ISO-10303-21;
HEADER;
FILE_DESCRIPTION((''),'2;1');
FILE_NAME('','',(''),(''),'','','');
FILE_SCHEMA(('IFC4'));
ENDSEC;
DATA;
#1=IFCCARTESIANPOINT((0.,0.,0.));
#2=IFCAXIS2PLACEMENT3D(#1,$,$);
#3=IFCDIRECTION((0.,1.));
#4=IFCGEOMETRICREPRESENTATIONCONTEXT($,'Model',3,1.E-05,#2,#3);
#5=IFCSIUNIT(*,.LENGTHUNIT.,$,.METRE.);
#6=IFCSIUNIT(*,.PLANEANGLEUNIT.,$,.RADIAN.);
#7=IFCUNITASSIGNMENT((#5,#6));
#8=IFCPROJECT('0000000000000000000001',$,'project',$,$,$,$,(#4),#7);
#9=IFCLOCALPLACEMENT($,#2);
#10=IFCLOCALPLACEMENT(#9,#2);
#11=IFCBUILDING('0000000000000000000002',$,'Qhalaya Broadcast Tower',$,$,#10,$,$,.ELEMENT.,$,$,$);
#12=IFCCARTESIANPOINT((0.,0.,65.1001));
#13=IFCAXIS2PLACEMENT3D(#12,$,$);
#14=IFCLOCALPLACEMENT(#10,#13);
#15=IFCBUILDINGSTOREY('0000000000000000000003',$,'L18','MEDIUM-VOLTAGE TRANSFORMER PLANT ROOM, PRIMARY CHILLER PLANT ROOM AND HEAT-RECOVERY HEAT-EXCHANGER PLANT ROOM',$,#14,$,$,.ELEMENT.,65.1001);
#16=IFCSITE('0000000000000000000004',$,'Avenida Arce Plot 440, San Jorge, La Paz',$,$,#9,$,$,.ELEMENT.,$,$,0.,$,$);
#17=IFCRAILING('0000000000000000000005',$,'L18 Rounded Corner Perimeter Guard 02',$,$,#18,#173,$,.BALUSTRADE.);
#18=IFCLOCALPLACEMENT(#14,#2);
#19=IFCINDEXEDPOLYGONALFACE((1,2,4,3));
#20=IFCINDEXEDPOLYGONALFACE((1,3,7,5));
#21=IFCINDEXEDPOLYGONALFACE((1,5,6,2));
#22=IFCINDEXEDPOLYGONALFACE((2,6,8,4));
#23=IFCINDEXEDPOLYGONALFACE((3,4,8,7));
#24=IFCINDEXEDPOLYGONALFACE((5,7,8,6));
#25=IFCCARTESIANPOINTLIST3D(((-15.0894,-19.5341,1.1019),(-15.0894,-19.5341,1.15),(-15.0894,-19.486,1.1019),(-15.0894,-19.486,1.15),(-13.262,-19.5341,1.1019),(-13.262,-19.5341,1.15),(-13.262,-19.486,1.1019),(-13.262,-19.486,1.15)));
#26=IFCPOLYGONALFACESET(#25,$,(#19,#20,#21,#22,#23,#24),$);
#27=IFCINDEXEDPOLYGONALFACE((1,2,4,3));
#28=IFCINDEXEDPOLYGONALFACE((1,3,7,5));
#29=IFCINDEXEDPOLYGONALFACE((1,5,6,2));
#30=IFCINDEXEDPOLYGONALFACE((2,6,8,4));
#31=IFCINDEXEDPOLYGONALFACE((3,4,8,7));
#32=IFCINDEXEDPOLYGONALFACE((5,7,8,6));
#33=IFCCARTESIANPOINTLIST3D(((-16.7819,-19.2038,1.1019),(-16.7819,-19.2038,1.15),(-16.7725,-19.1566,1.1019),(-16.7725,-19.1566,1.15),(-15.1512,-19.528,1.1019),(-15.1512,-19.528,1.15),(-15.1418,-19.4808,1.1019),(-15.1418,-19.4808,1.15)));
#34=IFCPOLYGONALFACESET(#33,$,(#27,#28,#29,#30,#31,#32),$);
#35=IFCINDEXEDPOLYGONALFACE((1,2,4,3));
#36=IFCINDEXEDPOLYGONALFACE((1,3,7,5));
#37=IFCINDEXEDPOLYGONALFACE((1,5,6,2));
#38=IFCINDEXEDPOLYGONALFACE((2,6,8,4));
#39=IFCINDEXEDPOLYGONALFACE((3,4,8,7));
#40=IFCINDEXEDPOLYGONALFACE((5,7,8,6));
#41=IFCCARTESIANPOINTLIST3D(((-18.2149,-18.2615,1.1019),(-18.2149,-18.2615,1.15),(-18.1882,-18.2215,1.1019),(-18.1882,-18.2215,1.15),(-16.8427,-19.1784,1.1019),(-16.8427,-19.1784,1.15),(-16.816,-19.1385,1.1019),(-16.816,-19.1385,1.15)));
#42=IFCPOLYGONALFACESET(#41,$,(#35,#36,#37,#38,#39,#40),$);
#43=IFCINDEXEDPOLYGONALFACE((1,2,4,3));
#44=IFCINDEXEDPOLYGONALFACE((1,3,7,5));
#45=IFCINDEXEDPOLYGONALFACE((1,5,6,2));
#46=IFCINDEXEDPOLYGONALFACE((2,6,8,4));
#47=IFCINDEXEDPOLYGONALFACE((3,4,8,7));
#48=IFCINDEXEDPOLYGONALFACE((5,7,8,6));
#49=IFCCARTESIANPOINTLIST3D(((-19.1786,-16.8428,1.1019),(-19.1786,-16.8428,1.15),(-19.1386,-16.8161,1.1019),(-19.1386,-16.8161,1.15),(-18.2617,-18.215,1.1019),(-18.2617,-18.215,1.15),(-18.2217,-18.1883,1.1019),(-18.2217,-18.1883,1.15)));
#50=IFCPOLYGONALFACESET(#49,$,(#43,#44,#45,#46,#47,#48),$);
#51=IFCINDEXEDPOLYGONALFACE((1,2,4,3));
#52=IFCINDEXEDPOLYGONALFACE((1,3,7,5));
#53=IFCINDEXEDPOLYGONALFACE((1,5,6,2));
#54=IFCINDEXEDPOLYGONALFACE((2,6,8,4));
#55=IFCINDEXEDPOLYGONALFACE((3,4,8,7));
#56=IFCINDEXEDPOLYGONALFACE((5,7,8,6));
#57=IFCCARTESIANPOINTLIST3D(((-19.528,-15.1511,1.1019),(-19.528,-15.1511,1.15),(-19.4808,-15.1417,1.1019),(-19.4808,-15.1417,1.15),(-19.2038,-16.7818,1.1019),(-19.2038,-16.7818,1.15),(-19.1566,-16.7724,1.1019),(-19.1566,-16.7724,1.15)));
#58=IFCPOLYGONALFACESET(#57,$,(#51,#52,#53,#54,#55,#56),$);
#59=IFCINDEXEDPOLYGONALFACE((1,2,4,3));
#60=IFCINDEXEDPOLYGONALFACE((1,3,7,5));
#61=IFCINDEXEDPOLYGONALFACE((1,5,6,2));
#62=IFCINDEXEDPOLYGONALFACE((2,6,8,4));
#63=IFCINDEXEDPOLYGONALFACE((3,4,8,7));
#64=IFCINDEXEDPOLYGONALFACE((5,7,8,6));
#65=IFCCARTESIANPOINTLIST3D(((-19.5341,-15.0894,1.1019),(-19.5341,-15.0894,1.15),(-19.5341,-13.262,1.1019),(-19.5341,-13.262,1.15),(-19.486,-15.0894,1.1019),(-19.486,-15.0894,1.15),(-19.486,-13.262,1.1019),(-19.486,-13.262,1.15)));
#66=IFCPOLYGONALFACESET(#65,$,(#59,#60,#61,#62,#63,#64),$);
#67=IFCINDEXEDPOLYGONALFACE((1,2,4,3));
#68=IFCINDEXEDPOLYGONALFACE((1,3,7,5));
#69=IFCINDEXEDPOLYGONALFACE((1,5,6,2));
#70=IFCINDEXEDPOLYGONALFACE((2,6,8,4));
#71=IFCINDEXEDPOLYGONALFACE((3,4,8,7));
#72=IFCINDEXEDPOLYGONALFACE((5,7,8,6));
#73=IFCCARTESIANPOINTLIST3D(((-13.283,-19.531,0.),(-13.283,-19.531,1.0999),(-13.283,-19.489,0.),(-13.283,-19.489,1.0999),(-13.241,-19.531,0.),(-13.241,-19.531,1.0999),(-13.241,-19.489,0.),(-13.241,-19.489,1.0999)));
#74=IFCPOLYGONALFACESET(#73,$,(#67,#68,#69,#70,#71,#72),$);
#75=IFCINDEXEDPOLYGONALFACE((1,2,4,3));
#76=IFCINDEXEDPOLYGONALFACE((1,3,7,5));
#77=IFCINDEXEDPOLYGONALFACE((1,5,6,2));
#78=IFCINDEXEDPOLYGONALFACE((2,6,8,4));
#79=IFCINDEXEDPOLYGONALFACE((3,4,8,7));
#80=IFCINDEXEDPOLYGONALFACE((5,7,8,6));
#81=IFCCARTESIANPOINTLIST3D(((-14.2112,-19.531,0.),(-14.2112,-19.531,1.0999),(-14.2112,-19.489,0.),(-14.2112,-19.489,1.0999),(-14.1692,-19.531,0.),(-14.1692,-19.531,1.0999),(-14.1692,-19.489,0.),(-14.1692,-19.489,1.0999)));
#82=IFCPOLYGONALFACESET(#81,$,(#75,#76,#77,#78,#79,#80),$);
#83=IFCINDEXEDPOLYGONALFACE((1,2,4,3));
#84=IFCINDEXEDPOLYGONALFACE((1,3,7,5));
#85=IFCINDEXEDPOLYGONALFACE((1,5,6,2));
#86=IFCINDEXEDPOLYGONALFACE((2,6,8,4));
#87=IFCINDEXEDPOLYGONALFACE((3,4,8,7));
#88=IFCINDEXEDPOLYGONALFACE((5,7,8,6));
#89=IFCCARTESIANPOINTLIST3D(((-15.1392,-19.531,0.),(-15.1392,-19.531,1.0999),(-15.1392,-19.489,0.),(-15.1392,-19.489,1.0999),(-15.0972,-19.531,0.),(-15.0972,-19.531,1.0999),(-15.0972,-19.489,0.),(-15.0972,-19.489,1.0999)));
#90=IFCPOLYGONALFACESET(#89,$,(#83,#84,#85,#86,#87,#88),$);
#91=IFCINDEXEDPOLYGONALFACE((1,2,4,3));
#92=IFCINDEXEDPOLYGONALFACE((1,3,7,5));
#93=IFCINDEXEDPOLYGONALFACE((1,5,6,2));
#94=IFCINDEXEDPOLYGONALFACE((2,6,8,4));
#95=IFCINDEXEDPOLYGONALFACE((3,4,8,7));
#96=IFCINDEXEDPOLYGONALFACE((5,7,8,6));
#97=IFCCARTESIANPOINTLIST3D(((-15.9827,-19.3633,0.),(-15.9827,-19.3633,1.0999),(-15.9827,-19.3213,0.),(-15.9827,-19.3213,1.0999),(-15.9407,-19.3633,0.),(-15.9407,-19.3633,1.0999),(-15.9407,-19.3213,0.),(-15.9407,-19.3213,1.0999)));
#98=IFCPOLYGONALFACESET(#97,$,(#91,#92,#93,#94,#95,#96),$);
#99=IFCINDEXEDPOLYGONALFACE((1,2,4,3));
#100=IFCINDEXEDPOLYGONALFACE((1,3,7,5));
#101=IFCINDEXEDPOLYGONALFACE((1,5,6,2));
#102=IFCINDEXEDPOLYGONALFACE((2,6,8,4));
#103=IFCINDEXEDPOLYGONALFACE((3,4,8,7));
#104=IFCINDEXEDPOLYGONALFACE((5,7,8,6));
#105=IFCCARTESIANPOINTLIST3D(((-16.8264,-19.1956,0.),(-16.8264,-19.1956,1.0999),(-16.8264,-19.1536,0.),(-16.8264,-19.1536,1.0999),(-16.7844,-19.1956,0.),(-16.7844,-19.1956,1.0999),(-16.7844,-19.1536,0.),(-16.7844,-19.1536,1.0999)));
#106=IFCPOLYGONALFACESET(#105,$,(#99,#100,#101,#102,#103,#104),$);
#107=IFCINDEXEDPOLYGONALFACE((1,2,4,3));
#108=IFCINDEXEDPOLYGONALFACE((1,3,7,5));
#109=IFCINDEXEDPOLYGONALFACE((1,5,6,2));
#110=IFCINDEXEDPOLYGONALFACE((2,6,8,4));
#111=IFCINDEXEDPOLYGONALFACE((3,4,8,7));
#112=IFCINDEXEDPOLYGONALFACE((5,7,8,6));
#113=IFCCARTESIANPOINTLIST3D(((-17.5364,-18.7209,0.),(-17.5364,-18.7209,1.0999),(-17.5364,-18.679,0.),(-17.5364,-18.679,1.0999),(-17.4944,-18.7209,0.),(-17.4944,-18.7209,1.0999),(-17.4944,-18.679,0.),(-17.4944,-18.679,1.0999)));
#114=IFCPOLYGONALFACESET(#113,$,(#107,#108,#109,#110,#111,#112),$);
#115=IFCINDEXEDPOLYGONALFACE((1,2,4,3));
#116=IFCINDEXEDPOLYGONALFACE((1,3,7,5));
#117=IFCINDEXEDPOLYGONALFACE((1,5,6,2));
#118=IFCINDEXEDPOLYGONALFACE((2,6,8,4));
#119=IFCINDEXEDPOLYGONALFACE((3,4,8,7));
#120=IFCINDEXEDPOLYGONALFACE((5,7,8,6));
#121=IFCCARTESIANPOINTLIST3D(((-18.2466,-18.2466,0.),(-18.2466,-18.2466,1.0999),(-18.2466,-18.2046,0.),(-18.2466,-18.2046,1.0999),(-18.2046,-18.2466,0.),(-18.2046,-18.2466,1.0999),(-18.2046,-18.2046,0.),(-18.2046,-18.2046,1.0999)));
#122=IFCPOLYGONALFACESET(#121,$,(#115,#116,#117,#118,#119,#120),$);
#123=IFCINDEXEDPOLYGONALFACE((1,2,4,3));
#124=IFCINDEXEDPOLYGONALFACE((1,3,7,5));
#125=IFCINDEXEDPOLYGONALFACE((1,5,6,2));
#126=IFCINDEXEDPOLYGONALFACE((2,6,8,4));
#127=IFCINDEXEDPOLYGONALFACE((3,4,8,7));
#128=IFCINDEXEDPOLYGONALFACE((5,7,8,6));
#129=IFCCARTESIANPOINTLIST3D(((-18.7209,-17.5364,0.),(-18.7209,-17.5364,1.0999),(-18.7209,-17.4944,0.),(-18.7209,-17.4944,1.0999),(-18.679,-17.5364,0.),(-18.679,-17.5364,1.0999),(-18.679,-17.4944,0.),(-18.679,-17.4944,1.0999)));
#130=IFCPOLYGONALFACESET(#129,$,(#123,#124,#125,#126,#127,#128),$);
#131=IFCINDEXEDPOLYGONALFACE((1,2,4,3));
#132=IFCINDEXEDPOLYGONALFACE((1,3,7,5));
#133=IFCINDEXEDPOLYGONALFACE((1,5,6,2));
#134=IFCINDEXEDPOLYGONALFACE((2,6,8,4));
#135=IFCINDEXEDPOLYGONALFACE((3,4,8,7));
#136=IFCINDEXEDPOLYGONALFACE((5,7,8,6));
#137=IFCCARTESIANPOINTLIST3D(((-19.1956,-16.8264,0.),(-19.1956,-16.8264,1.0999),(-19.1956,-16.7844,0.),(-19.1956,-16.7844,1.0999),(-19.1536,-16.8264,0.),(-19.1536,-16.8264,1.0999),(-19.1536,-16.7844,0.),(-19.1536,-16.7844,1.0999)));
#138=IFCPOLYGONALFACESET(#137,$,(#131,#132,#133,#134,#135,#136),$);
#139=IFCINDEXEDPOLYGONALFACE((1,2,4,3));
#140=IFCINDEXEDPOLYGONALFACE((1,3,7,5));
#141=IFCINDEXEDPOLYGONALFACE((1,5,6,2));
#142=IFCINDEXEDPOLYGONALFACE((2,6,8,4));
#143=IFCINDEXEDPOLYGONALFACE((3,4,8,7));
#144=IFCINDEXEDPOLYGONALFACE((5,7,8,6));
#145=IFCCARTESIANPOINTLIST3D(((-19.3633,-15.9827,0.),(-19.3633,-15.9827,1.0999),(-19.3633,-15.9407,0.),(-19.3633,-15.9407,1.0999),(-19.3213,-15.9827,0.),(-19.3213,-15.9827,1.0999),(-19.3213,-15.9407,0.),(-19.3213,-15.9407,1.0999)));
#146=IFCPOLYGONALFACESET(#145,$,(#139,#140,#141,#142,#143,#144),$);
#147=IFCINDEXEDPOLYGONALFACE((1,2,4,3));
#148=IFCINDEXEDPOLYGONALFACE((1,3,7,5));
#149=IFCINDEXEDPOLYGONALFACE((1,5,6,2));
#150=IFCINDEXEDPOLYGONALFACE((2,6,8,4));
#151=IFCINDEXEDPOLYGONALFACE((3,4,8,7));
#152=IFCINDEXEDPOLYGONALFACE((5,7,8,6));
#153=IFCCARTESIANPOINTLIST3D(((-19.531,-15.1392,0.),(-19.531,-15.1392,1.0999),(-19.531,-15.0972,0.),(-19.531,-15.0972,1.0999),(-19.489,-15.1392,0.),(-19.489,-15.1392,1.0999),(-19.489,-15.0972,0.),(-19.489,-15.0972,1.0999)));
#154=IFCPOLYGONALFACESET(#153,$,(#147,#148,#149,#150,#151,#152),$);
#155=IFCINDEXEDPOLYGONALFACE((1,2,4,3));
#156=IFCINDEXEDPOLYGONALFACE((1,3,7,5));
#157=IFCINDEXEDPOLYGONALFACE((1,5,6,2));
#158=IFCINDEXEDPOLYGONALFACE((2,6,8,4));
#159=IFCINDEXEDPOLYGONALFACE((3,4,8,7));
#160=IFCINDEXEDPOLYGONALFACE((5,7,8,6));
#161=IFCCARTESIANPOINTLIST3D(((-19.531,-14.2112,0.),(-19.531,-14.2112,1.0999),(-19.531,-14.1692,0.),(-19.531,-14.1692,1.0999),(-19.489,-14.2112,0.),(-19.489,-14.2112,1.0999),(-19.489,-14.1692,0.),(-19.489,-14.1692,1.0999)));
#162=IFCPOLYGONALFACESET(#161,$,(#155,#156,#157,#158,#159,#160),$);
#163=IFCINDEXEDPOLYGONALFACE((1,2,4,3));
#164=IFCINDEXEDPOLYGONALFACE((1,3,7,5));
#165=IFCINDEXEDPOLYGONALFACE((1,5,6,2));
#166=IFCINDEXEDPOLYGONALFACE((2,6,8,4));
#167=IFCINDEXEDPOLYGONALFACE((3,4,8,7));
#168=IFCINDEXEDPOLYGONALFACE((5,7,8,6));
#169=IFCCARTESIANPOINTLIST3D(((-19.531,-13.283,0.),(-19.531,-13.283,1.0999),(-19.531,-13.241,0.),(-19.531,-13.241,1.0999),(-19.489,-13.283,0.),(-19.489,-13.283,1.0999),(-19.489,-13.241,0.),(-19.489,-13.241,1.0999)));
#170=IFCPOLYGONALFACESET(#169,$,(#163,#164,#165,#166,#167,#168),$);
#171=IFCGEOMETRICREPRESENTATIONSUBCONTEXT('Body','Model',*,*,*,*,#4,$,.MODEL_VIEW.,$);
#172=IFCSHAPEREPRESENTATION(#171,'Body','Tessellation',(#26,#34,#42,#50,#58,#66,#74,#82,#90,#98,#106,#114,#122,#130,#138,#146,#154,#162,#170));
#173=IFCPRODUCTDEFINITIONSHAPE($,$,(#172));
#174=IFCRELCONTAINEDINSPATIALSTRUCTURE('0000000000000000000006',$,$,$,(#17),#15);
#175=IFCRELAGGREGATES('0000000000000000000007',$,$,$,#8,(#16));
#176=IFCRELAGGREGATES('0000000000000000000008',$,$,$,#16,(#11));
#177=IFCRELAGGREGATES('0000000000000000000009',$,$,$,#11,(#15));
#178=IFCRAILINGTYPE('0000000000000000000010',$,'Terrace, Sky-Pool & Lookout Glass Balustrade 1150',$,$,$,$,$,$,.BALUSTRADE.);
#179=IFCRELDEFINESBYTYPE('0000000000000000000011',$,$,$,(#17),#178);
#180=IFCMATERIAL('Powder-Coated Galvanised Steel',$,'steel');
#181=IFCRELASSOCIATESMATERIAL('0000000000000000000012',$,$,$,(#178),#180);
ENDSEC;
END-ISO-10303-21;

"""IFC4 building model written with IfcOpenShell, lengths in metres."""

from ifc_helpers import new_model, si_unit, direction, frame, origin, origin_2d, place, context, subcontext, project, spatial, rectangle, extrude, material, type_object, element, save


model = new_model("IFC4")

# Units and contexts
model_context = context("Model", 3, precision=1e-05, world=origin(), true_north=direction((0.0, 1.0)))
body_context = subcontext(model_context, "Body", "Model", "MODEL_VIEW")
ifc_project = project(units=[si_unit("LENGTHUNIT", "METRE"), si_unit("PLANEANGLEUNIT", "RADIAN")], contexts=[model_context])

# Site, building, storey
site_placement = place(None, origin())
site = spatial("IfcSite", under=ifc_project, at=site_placement, Name="Avenida Arce Plot 440, San Jorge, La Paz", CompositionType="ELEMENT", RefElevation=0.0)
building_placement = place(site_placement, origin())
building = spatial("IfcBuilding", under=site, at=building_placement, Name="Qhalaya Broadcast Tower", CompositionType="ELEMENT")
storey_placement = place(building_placement, frame((0.0, 0.0, 65.1001)))
storey = spatial("IfcBuildingStorey", under=building, at=storey_placement, Name="L18", Description="MEDIUM-VOLTAGE TRANSFORMER PLANT ROOM, PRIMARY CHILLER PLANT ROOM AND HEAT-RECOVERY HEAT-EXCHANGER PLANT ROOM", CompositionType="ELEMENT", Elevation=65.1001)

# Railing
ifc_material_1 = material(Name="Powder-Coated Galvanised Steel", Category="steel")
railing_type = type_object("IfcRailingType", Name="Terrace, Sky-Pool & Lookout Glass Balustrade 1150", PredefinedType="BALUSTRADE", material=ifc_material_1)
railing_placement = place(storey_placement, frame((-13.262, -19.51, 0.0)))
element("IfcRailing", 1, at=railing_placement, inside=storey, type_object=railing_type, Name="L18 Rounded Corner Perimeter Guard 02", PredefinedType="BALUSTRADE", context=body_context, shape_type="SweptSolid", body=[
    extrude(rectangle(XDim=0.0481, YDim=0.0481, at=origin_2d()), frame((0.0, 0.0, 1.126), z_axis=(-1.0, 0.0, 0.0), x_axis=(0.0, -1.0, 0.0)), (0.0, 0.0, 1.0), 1.8274),
    extrude(rectangle(XDim=0.0481, YDim=0.0481, at=origin_2d()), frame((-1.8845, 0.0056, 1.126), z_axis=(-0.980804, 0.194997, 0.0), x_axis=(-0.194997, -0.980804, 0.0)), (0.0, 0.0, 1.0), 1.6626),
    extrude(rectangle(XDim=0.0481, YDim=0.0481, at=origin_2d()), frame((-3.5674, 0.3516, 1.126), z_axis=(-0.831456, 0.55559, 0.0), x_axis=(-0.55559, -0.831456, 0.0)), (0.0, 0.0, 1.0), 1.6504),
    extrude(rectangle(XDim=0.0481, YDim=0.0481, at=origin_2d()), frame((-4.9797, 1.3083, 1.126), z_axis=(-0.55559, 0.831456, 0.0), x_axis=(-0.831456, -0.55559, 0.0)), (0.0, 0.0, 1.0), 1.6504),
    extrude(rectangle(XDim=0.0481, YDim=0.0481, at=origin_2d()), frame((-5.9182, 2.7329, 1.126), z_axis=(-0.194997, 0.980804, 0.0), x_axis=(-0.980804, -0.194997, 0.0)), (0.0, 0.0, 1.0), 1.6626),
    extrude(rectangle(XDim=0.0481, YDim=0.0481, at=origin_2d()), frame((-6.248, 4.4207, 1.126), z_axis=(0.0, 1.0, 0.0), x_axis=(-1.0, 0.0, 0.0)), (0.0, 0.0, 1.0), 1.8274),
    extrude(rectangle(XDim=0.042, YDim=0.042, at=origin_2d()), origin(), (0.0, 0.0, 1.0), 1.0999),
    extrude(rectangle(XDim=0.042, YDim=0.042, at=origin_2d()), frame((-0.9282, 0.0, 0.0)), (0.0, 0.0, 1.0), 1.0999),
    extrude(rectangle(XDim=0.042, YDim=0.042, at=origin_2d()), frame((-1.8562, 0.0, 0.0)), (0.0, 0.0, 1.0), 1.0999),
    extrude(rectangle(XDim=0.042, YDim=0.042, at=origin_2d()), frame((-2.6997, 0.1677, 0.0)), (0.0, 0.0, 1.0), 1.0999),
    extrude(rectangle(XDim=0.042, YDim=0.042, at=origin_2d()), frame((-3.5435, 0.3354, 0.0)), (0.0, 0.0, 1.0), 1.0999),
    extrude(rectangle(XDim=0.042, YDim=0.042, at=origin_2d()), frame((-4.2534, 0.8101, 0.0)), (0.0, 0.0, 1.0), 1.0999),
    extrude(rectangle(XDim=0.042, YDim=0.042, at=origin_2d()), frame((-4.9636, 1.2844, 0.0)), (0.0, 0.0, 1.0), 1.0999),
    extrude(rectangle(XDim=0.042, YDim=0.042, at=origin_2d()), frame((-5.438, 1.9946, 0.0)), (0.0, 0.0, 1.0), 1.0999),
    extrude(rectangle(XDim=0.042, YDim=0.042, at=origin_2d()), frame((-5.9126, 2.7046, 0.0)), (0.0, 0.0, 1.0), 1.0999),
    extrude(rectangle(XDim=0.042, YDim=0.042, at=origin_2d()), frame((-6.0803, 3.5483, 0.0)), (0.0, 0.0, 1.0), 1.0999),
    extrude(rectangle(XDim=0.042, YDim=0.042, at=origin_2d()), frame((-6.248, 4.3918, 0.0)), (0.0, 0.0, 1.0), 1.0999),
    extrude(rectangle(XDim=0.042, YDim=0.042, at=origin_2d()), frame((-6.248, 5.3198, 0.0)), (0.0, 0.0, 1.0), 1.0999),
    extrude(rectangle(XDim=0.042, YDim=0.042, at=origin_2d()), frame((-6.248, 6.248, 0.0)), (0.0, 0.0, 1.0), 1.0999),
])

save(model, "model.ifc")
